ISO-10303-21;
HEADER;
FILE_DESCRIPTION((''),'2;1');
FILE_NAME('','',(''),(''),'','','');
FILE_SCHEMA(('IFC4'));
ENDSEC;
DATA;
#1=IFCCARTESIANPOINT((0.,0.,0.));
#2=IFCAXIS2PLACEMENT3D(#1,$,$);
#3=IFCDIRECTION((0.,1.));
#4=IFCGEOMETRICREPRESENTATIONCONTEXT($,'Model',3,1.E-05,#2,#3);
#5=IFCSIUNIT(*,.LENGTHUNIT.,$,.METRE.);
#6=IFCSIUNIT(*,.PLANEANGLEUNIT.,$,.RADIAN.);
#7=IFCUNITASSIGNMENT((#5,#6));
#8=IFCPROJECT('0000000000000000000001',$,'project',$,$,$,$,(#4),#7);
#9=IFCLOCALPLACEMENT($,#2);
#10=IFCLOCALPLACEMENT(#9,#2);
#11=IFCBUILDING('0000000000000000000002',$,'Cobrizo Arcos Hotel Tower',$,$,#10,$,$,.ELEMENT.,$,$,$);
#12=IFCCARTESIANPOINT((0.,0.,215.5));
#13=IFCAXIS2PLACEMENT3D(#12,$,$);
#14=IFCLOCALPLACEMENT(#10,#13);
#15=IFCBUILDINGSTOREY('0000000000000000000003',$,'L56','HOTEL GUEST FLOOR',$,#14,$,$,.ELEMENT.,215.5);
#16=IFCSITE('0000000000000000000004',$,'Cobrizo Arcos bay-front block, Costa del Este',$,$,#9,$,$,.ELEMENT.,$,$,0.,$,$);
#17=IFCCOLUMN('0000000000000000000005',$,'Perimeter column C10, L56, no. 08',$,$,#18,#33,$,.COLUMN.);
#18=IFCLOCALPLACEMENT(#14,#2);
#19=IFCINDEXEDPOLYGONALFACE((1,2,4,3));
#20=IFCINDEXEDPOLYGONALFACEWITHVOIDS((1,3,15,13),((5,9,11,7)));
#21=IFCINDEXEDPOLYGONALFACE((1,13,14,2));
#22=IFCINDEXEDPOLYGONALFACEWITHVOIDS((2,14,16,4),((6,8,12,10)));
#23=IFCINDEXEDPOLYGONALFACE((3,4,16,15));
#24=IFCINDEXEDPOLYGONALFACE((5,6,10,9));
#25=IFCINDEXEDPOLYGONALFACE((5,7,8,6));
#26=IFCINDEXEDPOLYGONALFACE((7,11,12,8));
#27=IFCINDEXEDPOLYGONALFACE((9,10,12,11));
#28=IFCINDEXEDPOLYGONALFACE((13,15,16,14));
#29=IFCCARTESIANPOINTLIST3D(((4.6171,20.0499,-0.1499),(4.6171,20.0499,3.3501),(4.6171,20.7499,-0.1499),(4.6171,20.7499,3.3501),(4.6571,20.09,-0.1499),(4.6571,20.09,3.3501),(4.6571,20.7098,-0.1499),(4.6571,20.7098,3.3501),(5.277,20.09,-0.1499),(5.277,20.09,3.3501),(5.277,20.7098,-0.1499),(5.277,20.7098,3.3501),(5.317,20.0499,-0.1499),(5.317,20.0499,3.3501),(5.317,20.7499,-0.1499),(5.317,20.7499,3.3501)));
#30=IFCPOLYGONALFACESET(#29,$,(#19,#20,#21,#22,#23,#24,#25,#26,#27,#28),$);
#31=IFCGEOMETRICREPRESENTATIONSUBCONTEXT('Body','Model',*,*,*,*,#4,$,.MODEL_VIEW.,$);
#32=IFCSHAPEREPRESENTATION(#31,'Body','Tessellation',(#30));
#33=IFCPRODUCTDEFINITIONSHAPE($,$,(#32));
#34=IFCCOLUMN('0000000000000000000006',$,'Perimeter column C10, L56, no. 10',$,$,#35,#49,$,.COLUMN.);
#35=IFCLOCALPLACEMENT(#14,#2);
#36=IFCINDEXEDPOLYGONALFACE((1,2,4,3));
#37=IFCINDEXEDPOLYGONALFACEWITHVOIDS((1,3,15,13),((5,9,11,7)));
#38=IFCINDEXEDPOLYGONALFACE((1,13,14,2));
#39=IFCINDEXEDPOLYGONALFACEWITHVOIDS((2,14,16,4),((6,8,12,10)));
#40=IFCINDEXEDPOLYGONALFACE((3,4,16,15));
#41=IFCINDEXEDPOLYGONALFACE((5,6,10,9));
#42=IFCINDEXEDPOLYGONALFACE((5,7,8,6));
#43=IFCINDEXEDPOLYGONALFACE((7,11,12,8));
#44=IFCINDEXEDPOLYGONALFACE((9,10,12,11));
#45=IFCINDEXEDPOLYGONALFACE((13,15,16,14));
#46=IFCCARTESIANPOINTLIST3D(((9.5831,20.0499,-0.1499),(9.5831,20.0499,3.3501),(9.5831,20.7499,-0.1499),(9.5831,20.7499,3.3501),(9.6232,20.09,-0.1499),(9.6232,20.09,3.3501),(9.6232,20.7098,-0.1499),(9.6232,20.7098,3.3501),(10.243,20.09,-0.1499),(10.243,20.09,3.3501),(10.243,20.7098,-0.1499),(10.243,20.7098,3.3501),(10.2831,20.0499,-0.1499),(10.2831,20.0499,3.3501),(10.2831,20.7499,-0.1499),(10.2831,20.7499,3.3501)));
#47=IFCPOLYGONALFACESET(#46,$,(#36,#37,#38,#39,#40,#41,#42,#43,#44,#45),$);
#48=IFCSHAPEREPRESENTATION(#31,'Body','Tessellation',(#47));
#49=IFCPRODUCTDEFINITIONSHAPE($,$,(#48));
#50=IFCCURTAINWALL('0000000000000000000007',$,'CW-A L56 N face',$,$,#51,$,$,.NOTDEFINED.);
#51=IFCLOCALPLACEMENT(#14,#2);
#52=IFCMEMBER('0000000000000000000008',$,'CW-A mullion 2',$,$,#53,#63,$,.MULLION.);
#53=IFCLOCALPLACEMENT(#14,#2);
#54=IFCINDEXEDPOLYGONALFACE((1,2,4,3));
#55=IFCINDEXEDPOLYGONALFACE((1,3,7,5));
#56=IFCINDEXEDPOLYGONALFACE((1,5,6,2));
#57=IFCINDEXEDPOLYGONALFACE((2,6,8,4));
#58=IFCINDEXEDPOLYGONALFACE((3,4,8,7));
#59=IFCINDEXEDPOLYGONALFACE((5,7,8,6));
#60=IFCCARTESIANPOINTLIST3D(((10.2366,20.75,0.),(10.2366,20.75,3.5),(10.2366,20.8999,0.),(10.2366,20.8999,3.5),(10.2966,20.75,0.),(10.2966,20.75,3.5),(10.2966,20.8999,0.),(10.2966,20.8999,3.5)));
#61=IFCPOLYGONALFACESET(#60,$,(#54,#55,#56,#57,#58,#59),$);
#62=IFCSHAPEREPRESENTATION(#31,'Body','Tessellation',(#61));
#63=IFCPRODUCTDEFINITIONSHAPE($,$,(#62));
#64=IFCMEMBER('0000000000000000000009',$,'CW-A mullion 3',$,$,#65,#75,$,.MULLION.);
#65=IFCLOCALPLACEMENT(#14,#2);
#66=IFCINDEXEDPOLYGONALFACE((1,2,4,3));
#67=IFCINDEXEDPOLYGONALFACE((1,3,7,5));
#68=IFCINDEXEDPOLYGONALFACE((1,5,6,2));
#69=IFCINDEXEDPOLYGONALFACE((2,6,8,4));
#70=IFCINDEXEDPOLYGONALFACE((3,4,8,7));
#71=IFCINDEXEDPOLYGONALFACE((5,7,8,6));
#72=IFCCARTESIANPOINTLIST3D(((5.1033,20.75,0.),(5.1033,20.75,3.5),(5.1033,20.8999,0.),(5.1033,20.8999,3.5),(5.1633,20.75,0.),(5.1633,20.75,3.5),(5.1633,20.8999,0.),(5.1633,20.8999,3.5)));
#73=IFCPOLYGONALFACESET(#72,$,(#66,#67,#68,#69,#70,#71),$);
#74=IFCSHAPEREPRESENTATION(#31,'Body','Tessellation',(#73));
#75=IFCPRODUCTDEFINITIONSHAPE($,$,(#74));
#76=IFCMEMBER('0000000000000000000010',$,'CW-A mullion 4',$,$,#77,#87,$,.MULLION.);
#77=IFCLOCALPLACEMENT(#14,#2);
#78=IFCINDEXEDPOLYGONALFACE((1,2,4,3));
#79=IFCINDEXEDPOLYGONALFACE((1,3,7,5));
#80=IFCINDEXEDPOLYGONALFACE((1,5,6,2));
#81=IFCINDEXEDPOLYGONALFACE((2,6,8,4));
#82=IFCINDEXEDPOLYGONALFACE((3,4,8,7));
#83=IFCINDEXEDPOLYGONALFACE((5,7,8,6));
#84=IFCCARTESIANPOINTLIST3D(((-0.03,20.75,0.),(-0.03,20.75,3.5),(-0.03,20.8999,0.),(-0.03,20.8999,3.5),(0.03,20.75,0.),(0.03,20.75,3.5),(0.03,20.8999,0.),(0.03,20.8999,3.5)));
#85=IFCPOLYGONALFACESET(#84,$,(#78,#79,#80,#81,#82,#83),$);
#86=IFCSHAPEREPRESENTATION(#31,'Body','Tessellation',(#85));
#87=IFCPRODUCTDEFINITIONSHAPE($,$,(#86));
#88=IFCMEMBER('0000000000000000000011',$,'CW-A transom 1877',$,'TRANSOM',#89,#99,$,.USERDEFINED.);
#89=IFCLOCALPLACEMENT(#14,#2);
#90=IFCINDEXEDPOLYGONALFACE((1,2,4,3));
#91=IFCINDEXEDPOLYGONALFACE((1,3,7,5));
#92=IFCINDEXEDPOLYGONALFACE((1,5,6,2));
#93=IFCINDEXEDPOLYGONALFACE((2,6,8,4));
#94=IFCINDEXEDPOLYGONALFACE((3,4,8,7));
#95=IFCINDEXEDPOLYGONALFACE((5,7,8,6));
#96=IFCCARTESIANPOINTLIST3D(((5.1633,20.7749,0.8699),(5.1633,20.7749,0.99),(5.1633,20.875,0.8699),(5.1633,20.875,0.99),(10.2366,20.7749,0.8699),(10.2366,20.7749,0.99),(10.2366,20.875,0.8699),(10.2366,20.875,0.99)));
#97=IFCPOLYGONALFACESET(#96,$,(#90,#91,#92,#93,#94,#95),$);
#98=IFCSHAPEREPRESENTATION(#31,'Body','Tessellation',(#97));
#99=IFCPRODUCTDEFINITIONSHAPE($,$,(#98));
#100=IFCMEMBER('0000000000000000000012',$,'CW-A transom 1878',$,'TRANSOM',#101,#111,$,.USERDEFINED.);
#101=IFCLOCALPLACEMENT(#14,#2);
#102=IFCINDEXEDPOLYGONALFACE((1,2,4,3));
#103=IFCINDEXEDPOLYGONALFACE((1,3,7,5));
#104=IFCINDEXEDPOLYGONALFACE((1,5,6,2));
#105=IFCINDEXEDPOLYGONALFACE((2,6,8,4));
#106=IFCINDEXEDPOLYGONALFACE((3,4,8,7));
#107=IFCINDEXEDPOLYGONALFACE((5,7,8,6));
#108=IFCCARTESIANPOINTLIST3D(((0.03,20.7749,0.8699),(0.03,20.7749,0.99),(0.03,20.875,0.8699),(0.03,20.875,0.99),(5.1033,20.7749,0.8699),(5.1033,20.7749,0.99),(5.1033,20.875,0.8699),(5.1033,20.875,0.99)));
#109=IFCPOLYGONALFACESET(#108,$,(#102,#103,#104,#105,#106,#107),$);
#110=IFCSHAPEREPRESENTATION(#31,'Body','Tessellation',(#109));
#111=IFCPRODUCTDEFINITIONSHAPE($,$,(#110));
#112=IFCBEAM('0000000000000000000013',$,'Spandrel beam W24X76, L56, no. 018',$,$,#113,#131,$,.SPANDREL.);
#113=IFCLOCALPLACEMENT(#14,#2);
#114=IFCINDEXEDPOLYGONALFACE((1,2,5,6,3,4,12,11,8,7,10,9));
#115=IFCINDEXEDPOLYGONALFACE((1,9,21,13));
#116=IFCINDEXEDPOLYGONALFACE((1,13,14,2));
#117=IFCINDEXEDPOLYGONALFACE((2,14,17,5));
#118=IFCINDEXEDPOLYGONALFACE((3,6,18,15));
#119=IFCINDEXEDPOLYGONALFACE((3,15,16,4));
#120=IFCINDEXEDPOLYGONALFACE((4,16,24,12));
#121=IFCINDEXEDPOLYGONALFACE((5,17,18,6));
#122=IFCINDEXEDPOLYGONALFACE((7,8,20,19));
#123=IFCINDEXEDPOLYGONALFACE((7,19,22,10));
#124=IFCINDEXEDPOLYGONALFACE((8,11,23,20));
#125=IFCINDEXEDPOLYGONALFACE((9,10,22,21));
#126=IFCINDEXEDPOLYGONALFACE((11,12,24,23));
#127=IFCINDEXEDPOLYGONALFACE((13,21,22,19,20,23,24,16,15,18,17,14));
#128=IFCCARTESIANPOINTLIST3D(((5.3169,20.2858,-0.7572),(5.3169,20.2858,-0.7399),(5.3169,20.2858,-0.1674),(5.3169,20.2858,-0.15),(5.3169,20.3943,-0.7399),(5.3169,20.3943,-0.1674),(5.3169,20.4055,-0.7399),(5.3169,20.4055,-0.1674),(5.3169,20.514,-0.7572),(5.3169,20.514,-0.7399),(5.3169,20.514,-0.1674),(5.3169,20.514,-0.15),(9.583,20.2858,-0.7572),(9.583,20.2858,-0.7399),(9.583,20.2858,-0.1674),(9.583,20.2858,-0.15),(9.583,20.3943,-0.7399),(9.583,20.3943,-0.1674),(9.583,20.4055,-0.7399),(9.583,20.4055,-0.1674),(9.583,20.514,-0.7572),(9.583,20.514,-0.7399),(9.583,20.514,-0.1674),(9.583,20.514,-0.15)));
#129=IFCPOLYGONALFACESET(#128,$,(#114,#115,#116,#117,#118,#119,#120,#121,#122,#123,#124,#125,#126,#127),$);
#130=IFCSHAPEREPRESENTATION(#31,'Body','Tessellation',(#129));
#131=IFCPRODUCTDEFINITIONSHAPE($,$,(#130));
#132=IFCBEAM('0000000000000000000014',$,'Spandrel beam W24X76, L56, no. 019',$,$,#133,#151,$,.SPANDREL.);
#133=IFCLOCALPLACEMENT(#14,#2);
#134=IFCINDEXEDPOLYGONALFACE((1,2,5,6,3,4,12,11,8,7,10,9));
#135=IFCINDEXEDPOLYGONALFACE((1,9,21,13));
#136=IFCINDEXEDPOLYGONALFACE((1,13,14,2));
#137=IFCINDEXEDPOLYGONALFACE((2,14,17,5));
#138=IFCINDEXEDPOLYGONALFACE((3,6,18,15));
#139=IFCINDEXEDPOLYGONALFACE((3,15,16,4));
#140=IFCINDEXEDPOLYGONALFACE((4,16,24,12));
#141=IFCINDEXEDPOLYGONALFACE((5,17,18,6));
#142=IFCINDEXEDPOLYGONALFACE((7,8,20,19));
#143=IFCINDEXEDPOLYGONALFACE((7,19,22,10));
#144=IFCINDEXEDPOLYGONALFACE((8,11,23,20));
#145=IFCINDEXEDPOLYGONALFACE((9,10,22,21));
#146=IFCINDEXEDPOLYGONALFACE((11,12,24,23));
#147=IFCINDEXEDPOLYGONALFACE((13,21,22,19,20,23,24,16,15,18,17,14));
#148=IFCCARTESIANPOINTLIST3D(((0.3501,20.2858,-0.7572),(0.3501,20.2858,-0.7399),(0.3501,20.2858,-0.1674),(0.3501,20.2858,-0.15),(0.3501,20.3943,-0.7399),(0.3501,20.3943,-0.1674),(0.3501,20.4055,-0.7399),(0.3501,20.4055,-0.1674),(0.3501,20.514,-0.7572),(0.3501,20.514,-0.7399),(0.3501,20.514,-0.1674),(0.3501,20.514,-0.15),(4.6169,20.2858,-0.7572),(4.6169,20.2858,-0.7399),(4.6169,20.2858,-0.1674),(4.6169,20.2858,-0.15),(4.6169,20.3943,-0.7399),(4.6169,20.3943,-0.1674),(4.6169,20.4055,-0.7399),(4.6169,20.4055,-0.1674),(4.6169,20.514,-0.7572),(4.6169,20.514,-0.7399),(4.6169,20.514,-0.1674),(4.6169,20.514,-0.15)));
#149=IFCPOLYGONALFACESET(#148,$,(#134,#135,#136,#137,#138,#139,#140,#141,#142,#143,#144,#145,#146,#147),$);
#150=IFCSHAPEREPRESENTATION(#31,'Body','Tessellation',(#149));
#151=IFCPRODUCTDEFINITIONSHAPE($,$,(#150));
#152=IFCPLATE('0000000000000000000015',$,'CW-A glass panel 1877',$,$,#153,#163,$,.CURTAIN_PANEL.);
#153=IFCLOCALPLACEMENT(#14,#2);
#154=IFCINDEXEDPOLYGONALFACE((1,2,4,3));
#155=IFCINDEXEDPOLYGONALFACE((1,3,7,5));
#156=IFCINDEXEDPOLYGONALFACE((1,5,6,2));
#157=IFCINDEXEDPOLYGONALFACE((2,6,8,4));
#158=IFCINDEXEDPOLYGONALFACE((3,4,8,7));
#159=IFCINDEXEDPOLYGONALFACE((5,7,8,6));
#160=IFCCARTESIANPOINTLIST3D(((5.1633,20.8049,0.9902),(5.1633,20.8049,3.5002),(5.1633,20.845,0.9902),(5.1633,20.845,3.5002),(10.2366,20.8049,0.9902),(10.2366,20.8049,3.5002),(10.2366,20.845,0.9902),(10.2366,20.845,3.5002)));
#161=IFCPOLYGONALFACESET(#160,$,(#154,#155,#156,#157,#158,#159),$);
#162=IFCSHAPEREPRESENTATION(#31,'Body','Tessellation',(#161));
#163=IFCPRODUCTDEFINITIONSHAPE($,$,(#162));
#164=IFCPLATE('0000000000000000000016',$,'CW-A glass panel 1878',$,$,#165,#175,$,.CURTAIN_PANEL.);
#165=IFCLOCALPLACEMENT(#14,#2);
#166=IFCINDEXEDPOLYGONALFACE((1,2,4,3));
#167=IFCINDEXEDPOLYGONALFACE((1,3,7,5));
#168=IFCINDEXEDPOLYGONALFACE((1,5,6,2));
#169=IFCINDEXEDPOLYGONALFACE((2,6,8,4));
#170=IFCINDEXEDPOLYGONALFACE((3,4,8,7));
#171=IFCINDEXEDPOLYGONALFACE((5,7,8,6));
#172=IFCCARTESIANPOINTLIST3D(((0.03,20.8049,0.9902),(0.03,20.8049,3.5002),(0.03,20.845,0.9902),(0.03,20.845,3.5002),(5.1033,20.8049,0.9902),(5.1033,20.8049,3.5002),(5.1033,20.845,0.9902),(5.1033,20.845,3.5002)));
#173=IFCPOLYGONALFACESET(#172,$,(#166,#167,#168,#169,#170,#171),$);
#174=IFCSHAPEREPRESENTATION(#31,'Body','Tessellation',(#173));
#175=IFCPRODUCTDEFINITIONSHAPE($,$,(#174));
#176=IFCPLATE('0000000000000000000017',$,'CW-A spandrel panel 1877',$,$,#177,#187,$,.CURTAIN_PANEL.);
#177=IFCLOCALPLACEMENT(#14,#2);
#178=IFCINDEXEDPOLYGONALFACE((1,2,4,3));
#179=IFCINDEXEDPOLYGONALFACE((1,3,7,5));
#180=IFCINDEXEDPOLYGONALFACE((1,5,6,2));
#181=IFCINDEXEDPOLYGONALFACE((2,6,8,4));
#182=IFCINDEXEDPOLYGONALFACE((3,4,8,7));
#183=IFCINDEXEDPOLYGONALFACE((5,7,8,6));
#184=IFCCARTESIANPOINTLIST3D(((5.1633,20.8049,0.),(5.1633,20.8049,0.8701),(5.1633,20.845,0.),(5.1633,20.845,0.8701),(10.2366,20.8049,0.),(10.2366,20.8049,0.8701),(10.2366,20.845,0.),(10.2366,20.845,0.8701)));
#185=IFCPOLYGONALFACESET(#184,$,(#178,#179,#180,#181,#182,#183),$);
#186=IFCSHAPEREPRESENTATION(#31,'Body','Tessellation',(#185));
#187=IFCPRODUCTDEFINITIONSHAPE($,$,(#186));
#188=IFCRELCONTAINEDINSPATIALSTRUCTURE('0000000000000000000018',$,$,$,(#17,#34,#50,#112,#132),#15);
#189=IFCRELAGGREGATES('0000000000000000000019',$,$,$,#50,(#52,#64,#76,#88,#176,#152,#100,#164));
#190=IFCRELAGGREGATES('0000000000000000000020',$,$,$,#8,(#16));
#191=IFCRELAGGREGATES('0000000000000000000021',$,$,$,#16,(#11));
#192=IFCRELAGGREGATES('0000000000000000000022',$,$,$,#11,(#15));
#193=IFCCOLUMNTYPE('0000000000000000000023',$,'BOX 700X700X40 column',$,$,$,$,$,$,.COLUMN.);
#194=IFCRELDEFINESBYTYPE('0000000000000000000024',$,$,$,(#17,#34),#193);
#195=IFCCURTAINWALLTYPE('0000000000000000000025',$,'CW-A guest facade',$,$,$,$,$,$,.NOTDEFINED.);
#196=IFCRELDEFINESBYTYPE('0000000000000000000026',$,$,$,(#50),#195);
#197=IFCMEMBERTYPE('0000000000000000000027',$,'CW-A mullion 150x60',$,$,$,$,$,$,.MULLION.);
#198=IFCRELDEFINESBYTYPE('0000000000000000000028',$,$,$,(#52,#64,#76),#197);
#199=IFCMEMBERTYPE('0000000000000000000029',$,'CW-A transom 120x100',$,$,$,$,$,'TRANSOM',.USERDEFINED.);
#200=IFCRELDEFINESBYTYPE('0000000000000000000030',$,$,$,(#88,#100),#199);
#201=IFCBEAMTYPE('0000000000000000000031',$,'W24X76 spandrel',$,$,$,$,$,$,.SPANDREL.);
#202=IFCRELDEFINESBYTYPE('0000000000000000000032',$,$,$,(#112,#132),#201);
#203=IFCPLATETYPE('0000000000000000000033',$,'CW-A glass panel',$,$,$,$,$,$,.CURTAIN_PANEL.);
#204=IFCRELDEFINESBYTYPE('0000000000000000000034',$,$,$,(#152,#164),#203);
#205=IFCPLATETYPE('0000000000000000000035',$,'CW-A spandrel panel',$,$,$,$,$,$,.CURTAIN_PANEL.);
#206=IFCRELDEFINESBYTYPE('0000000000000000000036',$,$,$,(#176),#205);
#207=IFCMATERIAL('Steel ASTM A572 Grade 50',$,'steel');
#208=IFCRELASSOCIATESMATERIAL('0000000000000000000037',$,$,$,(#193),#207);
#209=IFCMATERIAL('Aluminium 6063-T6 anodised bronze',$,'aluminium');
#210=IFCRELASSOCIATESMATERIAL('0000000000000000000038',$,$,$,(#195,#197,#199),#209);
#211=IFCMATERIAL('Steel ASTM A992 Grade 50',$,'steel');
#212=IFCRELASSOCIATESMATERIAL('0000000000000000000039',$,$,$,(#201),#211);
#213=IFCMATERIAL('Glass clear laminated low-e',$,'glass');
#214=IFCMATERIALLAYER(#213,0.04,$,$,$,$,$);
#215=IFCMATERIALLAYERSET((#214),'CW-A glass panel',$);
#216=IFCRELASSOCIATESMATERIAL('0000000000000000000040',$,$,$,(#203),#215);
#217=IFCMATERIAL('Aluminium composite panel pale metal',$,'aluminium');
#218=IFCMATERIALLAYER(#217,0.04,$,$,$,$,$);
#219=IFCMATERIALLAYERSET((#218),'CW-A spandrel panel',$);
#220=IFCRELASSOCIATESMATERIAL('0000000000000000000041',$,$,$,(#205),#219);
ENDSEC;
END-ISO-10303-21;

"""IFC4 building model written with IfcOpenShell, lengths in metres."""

from ifc_helpers import new_model, si_unit, direction, frame, origin, origin_2d, place, context, subcontext, project, spatial, rectangle, hollow_rectangle, i_section, extrude, material, layer, layer_set, material_profile, profile_set, type_object, element, aggregate, save


model = new_model("IFC4")

# Units and contexts
model_context = context("Model", 3, precision=1e-05, world=origin(), true_north=direction((0.0, 1.0)))
body_context = subcontext(model_context, "Body", "Model", "MODEL_VIEW")
ifc_project = project(units=[si_unit("LENGTHUNIT", "METRE"), si_unit("PLANEANGLEUNIT", "RADIAN")], contexts=[model_context])

# Site, building, storey
site_placement = place(None, origin())
site = spatial("IfcSite", under=ifc_project, at=site_placement, Name="Cobrizo Arcos bay-front block, Costa del Este", CompositionType="ELEMENT", RefElevation=0.0)
building_placement = place(site_placement, origin())
building = spatial("IfcBuilding", under=site, at=building_placement, Name="Cobrizo Arcos Hotel Tower", CompositionType="ELEMENT")
storey_placement = place(building_placement, frame((0.0, 0.0, 215.5)))
storey = spatial("IfcBuildingStorey", under=building, at=storey_placement, Name="L56", Description="HOTEL GUEST FLOOR", CompositionType="ELEMENT", Elevation=215.5)

# Columns
ifc_material_1 = material(Name="Steel ASTM A572 Grade 50", Category="steel")
ifc_material_profile_1 = material_profile(ifc_material_1, hollow_rectangle(XDim=0.7, YDim=0.7, WallThickness=0.04, at=origin_2d()), Name="BOX 700X700X40")
ifc_profile_set_1 = profile_set([ifc_material_profile_1], Name="Steel ASTM A572 Grade 50")
column_type = type_object("IfcColumnType", Name="BOX 700X700X40 column", PredefinedType="COLUMN", material=ifc_profile_set_1)
for number, where, z_axis, x_axis, name in (
    (1, (4.967, 20.3999, -0.1499), (0.0, 0.0, 1.0), (1.0, 0.0, 0.0), "Perimeter column C10, L56, no. 08"),
    (2, (9.9331, 20.3999, -0.1499), (0.0, 0.0, 1.0), (1.0, 0.0, 0.0), "Perimeter column C10, L56, no. 10"),
):
    element("IfcColumn", number, at=place(storey_placement, frame(where, z_axis=z_axis, x_axis=x_axis)), inside=storey, type_object=column_type, Name=name, PredefinedType="COLUMN", context=body_context, shape_type="SweptSolid", body=[
        extrude(hollow_rectangle(XDim=0.7, YDim=0.7, WallThickness=0.04, at=origin_2d()), origin(), (0.0, 0.0, 1.0), 3.5),
    ])

# Curtain wall, members
ifc_material_2 = material(Name="Aluminium 6063-T6 anodised bronze", Category="aluminium")
curtain_wall_type = type_object("IfcCurtainWallType", Name="CW-A guest facade", PredefinedType="NOTDEFINED", material=ifc_material_2)
curtain_wall_placement = place(storey_placement, origin())
curtain_wall = element("IfcCurtainWall", 3, at=curtain_wall_placement, inside=storey, type_object=curtain_wall_type, Name="CW-A L56 N face", PredefinedType="NOTDEFINED")
ifc_material_profile_2 = material_profile(ifc_material_2, rectangle(XDim=0.1499, YDim=0.0601, at=origin_2d()), Name="CW-A mullion 150x60")
ifc_profile_set_2 = profile_set([ifc_material_profile_2], Name="Aluminium 6063-T6 anodised bronze")
member_type_1 = type_object("IfcMemberType", Name="CW-A mullion 150x60", PredefinedType="MULLION", material=ifc_profile_set_2)
member_1_placement = place(storey_placement, frame((10.2666, 20.825, 0.0), z_axis=(0.0, 0.0, 1.0), x_axis=(0.0, 1.0, 0.0)))
member_1 = element("IfcMember", 4, at=member_1_placement, type_object=member_type_1, Name="CW-A mullion 2", PredefinedType="MULLION", context=body_context, shape_type="SweptSolid", body=[
    extrude(rectangle(XDim=0.1499, YDim=0.0601, at=origin_2d()), origin(), (0.0, 0.0, 1.0), 3.5),
])
member_2_placement = place(storey_placement, frame((5.1333, 20.825, 0.0), z_axis=(0.0, 0.0, 1.0), x_axis=(0.0, 1.0, 0.0)))
member_2 = element("IfcMember", 5, at=member_2_placement, type_object=member_type_1, Name="CW-A mullion 3", PredefinedType="MULLION", context=body_context, shape_type="SweptSolid", body=[
    extrude(rectangle(XDim=0.1499, YDim=0.0601, at=origin_2d()), origin(), (0.0, 0.0, 1.0), 3.5),
])
member_3_placement = place(storey_placement, frame((0.0, 20.825, 0.0), z_axis=(0.0, 0.0, 1.0), x_axis=(0.0, 1.0, 0.0)))
member_3 = element("IfcMember", 6, at=member_3_placement, type_object=member_type_1, Name="CW-A mullion 4", PredefinedType="MULLION", context=body_context, shape_type="SweptSolid", body=[
    extrude(rectangle(XDim=0.1499, YDim=0.0601, at=origin_2d()), origin(), (0.0, 0.0, 1.0), 3.5),
])
ifc_material_profile_3 = material_profile(ifc_material_2, rectangle(XDim=0.1001, YDim=0.1201, at=origin_2d()), Name="CW-A transom 120x100")
ifc_profile_set_3 = profile_set([ifc_material_profile_3], Name="Aluminium 6063-T6 anodised bronze")
member_type_2 = type_object("IfcMemberType", Name="CW-A transom 120x100", ElementType="TRANSOM", PredefinedType="USERDEFINED", material=ifc_profile_set_3)
member_4_placement = place(storey_placement, frame((10.2366, 20.825, 0.9299), z_axis=(-1.0, 0.0, 0.0), x_axis=(0.0, -1.0, 0.0)))
member_4 = element("IfcMember", 7, at=member_4_placement, type_object=member_type_2, Name="CW-A transom 1877", ObjectType="TRANSOM", PredefinedType="USERDEFINED", context=body_context, shape_type="SweptSolid", body=[
    extrude(rectangle(XDim=0.1001, YDim=0.1201, at=origin_2d()), origin(), (0.0, 0.0, 1.0), 5.0732),
])
member_5_placement = place(storey_placement, frame((5.1033, 20.825, 0.9299), z_axis=(-1.0, 0.0, 0.0), x_axis=(0.0, -1.0, 0.0)))
member_5 = element("IfcMember", 8, at=member_5_placement, type_object=member_type_2, Name="CW-A transom 1878", ObjectType="TRANSOM", PredefinedType="USERDEFINED", context=body_context, shape_type="SweptSolid", body=[
    extrude(rectangle(XDim=0.1001, YDim=0.1201, at=origin_2d()), origin(), (0.0, 0.0, 1.0), 5.0732),
])

# Beams
ifc_material_3 = material(Name="Steel ASTM A992 Grade 50", Category="steel")
ifc_material_profile_4 = material_profile(ifc_material_3, i_section(OverallWidth=0.2283, OverallDepth=0.6072, WebThickness=0.0112, FlangeThickness=0.0173, at=origin_2d()), Name="W24X76")
ifc_profile_set_4 = profile_set([ifc_material_profile_4], Name="Steel ASTM A992 Grade 50")
beam_type = type_object("IfcBeamType", Name="W24X76 spandrel", PredefinedType="SPANDREL", material=ifc_profile_set_4)
beam_1_placement = place(storey_placement, frame((9.583, 20.3999, -0.4536), z_axis=(-1.0, 0.0, 0.0), x_axis=(0.0, -1.0, 0.0)))
element("IfcBeam", 9, at=beam_1_placement, inside=storey, type_object=beam_type, Name="Spandrel beam W24X76, L56, no. 018", PredefinedType="SPANDREL", context=body_context, shape_type="SweptSolid", body=[
    extrude(i_section(OverallWidth=0.2283, OverallDepth=0.6072, WebThickness=0.0112, FlangeThickness=0.0173, at=origin_2d()), origin(), (0.0, 0.0, 1.0), 4.2661),
])
beam_2_placement = place(storey_placement, frame((4.6169, 20.3999, -0.4536), z_axis=(-1.0, 0.0, 0.0), x_axis=(0.0, -1.0, 0.0)))
element("IfcBeam", 10, at=beam_2_placement, inside=storey, type_object=beam_type, Name="Spandrel beam W24X76, L56, no. 019", PredefinedType="SPANDREL", context=body_context, shape_type="SweptSolid", body=[
    extrude(i_section(OverallWidth=0.2283, OverallDepth=0.6072, WebThickness=0.0112, FlangeThickness=0.0173, at=origin_2d()), origin(), (0.0, 0.0, 1.0), 4.2668),
])

# Plates
ifc_material_4 = material(Name="Glass clear laminated low-e", Category="glass")
ifc_layer_1 = layer(ifc_material_4, 0.04)
ifc_layer_set_1 = layer_set([ifc_layer_1], Name="CW-A glass panel")
plate_type_1 = type_object("IfcPlateType", Name="CW-A glass panel", PredefinedType="CURTAIN_PANEL", material=ifc_layer_set_1)
plate_1_placement = place(storey_placement, frame((7.7, 20.825, 0.9902), z_axis=(0.0, 0.0, 1.0), x_axis=(-1.0, 0.0, 0.0)))
plate_1 = element("IfcPlate", 11, at=plate_1_placement, type_object=plate_type_1, Name="CW-A glass panel 1877", PredefinedType="CURTAIN_PANEL", context=body_context, shape_type="SweptSolid", body=[
    extrude(rectangle(XDim=5.0732, YDim=0.04, at=origin_2d()), origin(), (0.0, 0.0, 1.0), 2.51),
])
plate_2_placement = place(storey_placement, frame((2.5667, 20.825, 0.9902), z_axis=(0.0, 0.0, 1.0), x_axis=(-1.0, 0.0, 0.0)))
plate_2 = element("IfcPlate", 12, at=plate_2_placement, type_object=plate_type_1, Name="CW-A glass panel 1878", PredefinedType="CURTAIN_PANEL", context=body_context, shape_type="SweptSolid", body=[
    extrude(rectangle(XDim=5.0732, YDim=0.04, at=origin_2d()), origin(), (0.0, 0.0, 1.0), 2.51),
])
ifc_material_5 = material(Name="Aluminium composite panel pale metal", Category="aluminium")
ifc_layer_2 = layer(ifc_material_5, 0.04)
ifc_layer_set_2 = layer_set([ifc_layer_2], Name="CW-A spandrel panel")
plate_type_2 = type_object("IfcPlateType", Name="CW-A spandrel panel", PredefinedType="CURTAIN_PANEL", material=ifc_layer_set_2)
plate_3_placement = place(storey_placement, frame((7.7, 20.825, 0.0), z_axis=(0.0, 0.0, 1.0), x_axis=(-1.0, 0.0, 0.0)))
plate_3 = element("IfcPlate", 13, at=plate_3_placement, type_object=plate_type_2, Name="CW-A spandrel panel 1877", PredefinedType="CURTAIN_PANEL", context=body_context, shape_type="SweptSolid", body=[
    extrude(rectangle(XDim=5.0732, YDim=0.04, at=origin_2d()), origin(), (0.0, 0.0, 1.0), 0.8701),
])
aggregate(curtain_wall, [member_1, member_2, member_3, member_4, plate_3, plate_1, member_5, plate_2])

save(model, "model.ifc")
